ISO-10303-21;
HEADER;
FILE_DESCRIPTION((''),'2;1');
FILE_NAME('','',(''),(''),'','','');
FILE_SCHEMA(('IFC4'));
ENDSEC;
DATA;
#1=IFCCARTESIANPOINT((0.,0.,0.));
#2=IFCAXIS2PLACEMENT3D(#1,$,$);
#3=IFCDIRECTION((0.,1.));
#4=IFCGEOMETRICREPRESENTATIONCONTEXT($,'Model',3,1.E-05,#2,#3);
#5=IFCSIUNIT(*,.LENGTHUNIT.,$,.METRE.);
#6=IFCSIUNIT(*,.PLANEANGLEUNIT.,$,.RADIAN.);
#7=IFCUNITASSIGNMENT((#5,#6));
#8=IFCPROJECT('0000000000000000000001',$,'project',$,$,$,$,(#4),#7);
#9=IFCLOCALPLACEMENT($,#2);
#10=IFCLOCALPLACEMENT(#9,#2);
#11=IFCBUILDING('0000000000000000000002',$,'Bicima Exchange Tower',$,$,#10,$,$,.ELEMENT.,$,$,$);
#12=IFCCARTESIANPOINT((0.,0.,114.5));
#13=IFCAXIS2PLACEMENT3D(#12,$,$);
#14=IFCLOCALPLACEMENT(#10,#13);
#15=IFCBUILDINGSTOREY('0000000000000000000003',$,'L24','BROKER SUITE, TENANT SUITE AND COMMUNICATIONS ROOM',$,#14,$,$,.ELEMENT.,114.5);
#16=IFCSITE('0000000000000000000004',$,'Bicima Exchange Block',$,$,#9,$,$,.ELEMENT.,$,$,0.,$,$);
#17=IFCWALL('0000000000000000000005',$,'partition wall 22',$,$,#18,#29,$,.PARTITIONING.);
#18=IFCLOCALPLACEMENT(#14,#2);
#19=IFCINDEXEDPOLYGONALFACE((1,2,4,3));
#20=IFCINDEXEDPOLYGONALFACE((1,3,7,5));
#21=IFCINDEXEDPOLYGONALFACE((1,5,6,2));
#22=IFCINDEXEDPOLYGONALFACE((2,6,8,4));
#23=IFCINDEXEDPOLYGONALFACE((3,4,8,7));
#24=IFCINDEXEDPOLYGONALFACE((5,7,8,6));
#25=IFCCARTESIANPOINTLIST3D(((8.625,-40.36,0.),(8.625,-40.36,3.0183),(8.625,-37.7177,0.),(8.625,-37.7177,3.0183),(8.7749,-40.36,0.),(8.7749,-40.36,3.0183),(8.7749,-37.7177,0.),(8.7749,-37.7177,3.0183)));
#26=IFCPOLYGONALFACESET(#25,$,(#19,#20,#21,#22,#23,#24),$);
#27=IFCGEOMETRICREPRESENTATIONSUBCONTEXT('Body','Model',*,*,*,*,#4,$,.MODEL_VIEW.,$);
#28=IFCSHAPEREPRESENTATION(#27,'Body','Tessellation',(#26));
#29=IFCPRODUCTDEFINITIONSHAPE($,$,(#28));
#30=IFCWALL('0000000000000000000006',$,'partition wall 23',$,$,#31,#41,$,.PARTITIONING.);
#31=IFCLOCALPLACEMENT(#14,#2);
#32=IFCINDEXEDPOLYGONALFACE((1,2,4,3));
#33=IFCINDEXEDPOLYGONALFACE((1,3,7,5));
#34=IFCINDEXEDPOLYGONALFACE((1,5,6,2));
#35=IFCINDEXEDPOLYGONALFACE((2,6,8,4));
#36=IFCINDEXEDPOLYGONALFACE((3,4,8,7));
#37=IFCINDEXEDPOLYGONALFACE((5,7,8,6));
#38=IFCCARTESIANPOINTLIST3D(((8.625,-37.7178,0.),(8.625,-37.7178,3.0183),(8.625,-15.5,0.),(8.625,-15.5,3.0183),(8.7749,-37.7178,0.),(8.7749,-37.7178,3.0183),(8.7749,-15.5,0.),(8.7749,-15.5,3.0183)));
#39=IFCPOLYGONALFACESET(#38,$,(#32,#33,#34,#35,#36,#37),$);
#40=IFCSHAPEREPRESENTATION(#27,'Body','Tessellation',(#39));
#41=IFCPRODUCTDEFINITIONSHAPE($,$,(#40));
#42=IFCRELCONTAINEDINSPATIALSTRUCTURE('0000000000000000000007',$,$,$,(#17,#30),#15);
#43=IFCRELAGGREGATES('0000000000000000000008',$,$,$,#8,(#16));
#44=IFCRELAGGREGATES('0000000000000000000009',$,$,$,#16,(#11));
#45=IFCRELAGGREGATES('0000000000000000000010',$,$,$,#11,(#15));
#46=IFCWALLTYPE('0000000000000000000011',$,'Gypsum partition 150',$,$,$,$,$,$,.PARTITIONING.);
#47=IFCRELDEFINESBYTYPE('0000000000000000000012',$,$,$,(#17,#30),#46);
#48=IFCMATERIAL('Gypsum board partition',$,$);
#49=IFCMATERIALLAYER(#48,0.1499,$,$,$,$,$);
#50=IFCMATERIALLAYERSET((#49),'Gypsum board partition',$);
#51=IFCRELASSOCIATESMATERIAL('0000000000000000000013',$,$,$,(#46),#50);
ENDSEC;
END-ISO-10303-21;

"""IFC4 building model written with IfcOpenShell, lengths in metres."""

from ifc_helpers import new_model, si_unit, direction, frame, frame_2d, origin, place, context, subcontext, project, spatial, rectangle, extrude, material, layer, layer_set, type_object, element, save


model = new_model("IFC4")

# Units and contexts
model_context = context("Model", 3, precision=1e-05, world=origin(), true_north=direction((0.0, 1.0)))
body_context = subcontext(model_context, "Body", "Model", "MODEL_VIEW")
ifc_project = project(units=[si_unit("LENGTHUNIT", "METRE"), si_unit("PLANEANGLEUNIT", "RADIAN")], contexts=[model_context])

# Site, building, storey
site_placement = place(None, origin())
site = spatial("IfcSite", under=ifc_project, at=site_placement, Name="Bicima Exchange Block", CompositionType="ELEMENT", RefElevation=0.0)
building_placement = place(site_placement, origin())
building = spatial("IfcBuilding", under=site, at=building_placement, Name="Bicima Exchange Tower", CompositionType="ELEMENT")
storey_placement = place(building_placement, frame((0.0, 0.0, 114.5)))
storey = spatial("IfcBuildingStorey", under=building, at=storey_placement, Name="L24", Description="BROKER SUITE, TENANT SUITE AND COMMUNICATIONS ROOM", CompositionType="ELEMENT", Elevation=114.5)

# Walls
ifc_material_1 = material(Name="Gypsum board partition")
ifc_layer_1 = layer(ifc_material_1, 0.1499)
ifc_layer_set_1 = layer_set([ifc_layer_1], Name="Gypsum board partition")
wall_type = type_object("IfcWallType", Name="Gypsum partition 150", PredefinedType="PARTITIONING", material=ifc_layer_set_1)
wall_1_placement = place(storey_placement, frame((8.7, -40.3601, 0.0), z_axis=(0.0, 0.0, 1.0), x_axis=(0.0, 1.0, 0.0)))
element("IfcWall", 1, at=wall_1_placement, inside=storey, type_object=wall_type, Name="partition wall 22", PredefinedType="PARTITIONING", context=body_context, shape_type="SweptSolid", body=[
    extrude(rectangle(XDim=2.6423, YDim=0.1499, at=frame_2d((1.3213, 0.0))), origin(), (0.0, 0.0, 1.0), 3.0183),
])
wall_2_placement = place(storey_placement, frame((8.7, -37.7178, 0.0), z_axis=(0.0, 0.0, 1.0), x_axis=(0.0, 1.0, 0.0)))
element("IfcWall", 2, at=wall_2_placement, inside=storey, type_object=wall_type, Name="partition wall 23", PredefinedType="PARTITIONING", context=body_context, shape_type="SweptSolid", body=[
    extrude(rectangle(XDim=22.2178, YDim=0.1499, at=frame_2d((11.1089, 0.0))), origin(), (0.0, 0.0, 1.0), 3.0183),
])

save(model, "model.ifc")
